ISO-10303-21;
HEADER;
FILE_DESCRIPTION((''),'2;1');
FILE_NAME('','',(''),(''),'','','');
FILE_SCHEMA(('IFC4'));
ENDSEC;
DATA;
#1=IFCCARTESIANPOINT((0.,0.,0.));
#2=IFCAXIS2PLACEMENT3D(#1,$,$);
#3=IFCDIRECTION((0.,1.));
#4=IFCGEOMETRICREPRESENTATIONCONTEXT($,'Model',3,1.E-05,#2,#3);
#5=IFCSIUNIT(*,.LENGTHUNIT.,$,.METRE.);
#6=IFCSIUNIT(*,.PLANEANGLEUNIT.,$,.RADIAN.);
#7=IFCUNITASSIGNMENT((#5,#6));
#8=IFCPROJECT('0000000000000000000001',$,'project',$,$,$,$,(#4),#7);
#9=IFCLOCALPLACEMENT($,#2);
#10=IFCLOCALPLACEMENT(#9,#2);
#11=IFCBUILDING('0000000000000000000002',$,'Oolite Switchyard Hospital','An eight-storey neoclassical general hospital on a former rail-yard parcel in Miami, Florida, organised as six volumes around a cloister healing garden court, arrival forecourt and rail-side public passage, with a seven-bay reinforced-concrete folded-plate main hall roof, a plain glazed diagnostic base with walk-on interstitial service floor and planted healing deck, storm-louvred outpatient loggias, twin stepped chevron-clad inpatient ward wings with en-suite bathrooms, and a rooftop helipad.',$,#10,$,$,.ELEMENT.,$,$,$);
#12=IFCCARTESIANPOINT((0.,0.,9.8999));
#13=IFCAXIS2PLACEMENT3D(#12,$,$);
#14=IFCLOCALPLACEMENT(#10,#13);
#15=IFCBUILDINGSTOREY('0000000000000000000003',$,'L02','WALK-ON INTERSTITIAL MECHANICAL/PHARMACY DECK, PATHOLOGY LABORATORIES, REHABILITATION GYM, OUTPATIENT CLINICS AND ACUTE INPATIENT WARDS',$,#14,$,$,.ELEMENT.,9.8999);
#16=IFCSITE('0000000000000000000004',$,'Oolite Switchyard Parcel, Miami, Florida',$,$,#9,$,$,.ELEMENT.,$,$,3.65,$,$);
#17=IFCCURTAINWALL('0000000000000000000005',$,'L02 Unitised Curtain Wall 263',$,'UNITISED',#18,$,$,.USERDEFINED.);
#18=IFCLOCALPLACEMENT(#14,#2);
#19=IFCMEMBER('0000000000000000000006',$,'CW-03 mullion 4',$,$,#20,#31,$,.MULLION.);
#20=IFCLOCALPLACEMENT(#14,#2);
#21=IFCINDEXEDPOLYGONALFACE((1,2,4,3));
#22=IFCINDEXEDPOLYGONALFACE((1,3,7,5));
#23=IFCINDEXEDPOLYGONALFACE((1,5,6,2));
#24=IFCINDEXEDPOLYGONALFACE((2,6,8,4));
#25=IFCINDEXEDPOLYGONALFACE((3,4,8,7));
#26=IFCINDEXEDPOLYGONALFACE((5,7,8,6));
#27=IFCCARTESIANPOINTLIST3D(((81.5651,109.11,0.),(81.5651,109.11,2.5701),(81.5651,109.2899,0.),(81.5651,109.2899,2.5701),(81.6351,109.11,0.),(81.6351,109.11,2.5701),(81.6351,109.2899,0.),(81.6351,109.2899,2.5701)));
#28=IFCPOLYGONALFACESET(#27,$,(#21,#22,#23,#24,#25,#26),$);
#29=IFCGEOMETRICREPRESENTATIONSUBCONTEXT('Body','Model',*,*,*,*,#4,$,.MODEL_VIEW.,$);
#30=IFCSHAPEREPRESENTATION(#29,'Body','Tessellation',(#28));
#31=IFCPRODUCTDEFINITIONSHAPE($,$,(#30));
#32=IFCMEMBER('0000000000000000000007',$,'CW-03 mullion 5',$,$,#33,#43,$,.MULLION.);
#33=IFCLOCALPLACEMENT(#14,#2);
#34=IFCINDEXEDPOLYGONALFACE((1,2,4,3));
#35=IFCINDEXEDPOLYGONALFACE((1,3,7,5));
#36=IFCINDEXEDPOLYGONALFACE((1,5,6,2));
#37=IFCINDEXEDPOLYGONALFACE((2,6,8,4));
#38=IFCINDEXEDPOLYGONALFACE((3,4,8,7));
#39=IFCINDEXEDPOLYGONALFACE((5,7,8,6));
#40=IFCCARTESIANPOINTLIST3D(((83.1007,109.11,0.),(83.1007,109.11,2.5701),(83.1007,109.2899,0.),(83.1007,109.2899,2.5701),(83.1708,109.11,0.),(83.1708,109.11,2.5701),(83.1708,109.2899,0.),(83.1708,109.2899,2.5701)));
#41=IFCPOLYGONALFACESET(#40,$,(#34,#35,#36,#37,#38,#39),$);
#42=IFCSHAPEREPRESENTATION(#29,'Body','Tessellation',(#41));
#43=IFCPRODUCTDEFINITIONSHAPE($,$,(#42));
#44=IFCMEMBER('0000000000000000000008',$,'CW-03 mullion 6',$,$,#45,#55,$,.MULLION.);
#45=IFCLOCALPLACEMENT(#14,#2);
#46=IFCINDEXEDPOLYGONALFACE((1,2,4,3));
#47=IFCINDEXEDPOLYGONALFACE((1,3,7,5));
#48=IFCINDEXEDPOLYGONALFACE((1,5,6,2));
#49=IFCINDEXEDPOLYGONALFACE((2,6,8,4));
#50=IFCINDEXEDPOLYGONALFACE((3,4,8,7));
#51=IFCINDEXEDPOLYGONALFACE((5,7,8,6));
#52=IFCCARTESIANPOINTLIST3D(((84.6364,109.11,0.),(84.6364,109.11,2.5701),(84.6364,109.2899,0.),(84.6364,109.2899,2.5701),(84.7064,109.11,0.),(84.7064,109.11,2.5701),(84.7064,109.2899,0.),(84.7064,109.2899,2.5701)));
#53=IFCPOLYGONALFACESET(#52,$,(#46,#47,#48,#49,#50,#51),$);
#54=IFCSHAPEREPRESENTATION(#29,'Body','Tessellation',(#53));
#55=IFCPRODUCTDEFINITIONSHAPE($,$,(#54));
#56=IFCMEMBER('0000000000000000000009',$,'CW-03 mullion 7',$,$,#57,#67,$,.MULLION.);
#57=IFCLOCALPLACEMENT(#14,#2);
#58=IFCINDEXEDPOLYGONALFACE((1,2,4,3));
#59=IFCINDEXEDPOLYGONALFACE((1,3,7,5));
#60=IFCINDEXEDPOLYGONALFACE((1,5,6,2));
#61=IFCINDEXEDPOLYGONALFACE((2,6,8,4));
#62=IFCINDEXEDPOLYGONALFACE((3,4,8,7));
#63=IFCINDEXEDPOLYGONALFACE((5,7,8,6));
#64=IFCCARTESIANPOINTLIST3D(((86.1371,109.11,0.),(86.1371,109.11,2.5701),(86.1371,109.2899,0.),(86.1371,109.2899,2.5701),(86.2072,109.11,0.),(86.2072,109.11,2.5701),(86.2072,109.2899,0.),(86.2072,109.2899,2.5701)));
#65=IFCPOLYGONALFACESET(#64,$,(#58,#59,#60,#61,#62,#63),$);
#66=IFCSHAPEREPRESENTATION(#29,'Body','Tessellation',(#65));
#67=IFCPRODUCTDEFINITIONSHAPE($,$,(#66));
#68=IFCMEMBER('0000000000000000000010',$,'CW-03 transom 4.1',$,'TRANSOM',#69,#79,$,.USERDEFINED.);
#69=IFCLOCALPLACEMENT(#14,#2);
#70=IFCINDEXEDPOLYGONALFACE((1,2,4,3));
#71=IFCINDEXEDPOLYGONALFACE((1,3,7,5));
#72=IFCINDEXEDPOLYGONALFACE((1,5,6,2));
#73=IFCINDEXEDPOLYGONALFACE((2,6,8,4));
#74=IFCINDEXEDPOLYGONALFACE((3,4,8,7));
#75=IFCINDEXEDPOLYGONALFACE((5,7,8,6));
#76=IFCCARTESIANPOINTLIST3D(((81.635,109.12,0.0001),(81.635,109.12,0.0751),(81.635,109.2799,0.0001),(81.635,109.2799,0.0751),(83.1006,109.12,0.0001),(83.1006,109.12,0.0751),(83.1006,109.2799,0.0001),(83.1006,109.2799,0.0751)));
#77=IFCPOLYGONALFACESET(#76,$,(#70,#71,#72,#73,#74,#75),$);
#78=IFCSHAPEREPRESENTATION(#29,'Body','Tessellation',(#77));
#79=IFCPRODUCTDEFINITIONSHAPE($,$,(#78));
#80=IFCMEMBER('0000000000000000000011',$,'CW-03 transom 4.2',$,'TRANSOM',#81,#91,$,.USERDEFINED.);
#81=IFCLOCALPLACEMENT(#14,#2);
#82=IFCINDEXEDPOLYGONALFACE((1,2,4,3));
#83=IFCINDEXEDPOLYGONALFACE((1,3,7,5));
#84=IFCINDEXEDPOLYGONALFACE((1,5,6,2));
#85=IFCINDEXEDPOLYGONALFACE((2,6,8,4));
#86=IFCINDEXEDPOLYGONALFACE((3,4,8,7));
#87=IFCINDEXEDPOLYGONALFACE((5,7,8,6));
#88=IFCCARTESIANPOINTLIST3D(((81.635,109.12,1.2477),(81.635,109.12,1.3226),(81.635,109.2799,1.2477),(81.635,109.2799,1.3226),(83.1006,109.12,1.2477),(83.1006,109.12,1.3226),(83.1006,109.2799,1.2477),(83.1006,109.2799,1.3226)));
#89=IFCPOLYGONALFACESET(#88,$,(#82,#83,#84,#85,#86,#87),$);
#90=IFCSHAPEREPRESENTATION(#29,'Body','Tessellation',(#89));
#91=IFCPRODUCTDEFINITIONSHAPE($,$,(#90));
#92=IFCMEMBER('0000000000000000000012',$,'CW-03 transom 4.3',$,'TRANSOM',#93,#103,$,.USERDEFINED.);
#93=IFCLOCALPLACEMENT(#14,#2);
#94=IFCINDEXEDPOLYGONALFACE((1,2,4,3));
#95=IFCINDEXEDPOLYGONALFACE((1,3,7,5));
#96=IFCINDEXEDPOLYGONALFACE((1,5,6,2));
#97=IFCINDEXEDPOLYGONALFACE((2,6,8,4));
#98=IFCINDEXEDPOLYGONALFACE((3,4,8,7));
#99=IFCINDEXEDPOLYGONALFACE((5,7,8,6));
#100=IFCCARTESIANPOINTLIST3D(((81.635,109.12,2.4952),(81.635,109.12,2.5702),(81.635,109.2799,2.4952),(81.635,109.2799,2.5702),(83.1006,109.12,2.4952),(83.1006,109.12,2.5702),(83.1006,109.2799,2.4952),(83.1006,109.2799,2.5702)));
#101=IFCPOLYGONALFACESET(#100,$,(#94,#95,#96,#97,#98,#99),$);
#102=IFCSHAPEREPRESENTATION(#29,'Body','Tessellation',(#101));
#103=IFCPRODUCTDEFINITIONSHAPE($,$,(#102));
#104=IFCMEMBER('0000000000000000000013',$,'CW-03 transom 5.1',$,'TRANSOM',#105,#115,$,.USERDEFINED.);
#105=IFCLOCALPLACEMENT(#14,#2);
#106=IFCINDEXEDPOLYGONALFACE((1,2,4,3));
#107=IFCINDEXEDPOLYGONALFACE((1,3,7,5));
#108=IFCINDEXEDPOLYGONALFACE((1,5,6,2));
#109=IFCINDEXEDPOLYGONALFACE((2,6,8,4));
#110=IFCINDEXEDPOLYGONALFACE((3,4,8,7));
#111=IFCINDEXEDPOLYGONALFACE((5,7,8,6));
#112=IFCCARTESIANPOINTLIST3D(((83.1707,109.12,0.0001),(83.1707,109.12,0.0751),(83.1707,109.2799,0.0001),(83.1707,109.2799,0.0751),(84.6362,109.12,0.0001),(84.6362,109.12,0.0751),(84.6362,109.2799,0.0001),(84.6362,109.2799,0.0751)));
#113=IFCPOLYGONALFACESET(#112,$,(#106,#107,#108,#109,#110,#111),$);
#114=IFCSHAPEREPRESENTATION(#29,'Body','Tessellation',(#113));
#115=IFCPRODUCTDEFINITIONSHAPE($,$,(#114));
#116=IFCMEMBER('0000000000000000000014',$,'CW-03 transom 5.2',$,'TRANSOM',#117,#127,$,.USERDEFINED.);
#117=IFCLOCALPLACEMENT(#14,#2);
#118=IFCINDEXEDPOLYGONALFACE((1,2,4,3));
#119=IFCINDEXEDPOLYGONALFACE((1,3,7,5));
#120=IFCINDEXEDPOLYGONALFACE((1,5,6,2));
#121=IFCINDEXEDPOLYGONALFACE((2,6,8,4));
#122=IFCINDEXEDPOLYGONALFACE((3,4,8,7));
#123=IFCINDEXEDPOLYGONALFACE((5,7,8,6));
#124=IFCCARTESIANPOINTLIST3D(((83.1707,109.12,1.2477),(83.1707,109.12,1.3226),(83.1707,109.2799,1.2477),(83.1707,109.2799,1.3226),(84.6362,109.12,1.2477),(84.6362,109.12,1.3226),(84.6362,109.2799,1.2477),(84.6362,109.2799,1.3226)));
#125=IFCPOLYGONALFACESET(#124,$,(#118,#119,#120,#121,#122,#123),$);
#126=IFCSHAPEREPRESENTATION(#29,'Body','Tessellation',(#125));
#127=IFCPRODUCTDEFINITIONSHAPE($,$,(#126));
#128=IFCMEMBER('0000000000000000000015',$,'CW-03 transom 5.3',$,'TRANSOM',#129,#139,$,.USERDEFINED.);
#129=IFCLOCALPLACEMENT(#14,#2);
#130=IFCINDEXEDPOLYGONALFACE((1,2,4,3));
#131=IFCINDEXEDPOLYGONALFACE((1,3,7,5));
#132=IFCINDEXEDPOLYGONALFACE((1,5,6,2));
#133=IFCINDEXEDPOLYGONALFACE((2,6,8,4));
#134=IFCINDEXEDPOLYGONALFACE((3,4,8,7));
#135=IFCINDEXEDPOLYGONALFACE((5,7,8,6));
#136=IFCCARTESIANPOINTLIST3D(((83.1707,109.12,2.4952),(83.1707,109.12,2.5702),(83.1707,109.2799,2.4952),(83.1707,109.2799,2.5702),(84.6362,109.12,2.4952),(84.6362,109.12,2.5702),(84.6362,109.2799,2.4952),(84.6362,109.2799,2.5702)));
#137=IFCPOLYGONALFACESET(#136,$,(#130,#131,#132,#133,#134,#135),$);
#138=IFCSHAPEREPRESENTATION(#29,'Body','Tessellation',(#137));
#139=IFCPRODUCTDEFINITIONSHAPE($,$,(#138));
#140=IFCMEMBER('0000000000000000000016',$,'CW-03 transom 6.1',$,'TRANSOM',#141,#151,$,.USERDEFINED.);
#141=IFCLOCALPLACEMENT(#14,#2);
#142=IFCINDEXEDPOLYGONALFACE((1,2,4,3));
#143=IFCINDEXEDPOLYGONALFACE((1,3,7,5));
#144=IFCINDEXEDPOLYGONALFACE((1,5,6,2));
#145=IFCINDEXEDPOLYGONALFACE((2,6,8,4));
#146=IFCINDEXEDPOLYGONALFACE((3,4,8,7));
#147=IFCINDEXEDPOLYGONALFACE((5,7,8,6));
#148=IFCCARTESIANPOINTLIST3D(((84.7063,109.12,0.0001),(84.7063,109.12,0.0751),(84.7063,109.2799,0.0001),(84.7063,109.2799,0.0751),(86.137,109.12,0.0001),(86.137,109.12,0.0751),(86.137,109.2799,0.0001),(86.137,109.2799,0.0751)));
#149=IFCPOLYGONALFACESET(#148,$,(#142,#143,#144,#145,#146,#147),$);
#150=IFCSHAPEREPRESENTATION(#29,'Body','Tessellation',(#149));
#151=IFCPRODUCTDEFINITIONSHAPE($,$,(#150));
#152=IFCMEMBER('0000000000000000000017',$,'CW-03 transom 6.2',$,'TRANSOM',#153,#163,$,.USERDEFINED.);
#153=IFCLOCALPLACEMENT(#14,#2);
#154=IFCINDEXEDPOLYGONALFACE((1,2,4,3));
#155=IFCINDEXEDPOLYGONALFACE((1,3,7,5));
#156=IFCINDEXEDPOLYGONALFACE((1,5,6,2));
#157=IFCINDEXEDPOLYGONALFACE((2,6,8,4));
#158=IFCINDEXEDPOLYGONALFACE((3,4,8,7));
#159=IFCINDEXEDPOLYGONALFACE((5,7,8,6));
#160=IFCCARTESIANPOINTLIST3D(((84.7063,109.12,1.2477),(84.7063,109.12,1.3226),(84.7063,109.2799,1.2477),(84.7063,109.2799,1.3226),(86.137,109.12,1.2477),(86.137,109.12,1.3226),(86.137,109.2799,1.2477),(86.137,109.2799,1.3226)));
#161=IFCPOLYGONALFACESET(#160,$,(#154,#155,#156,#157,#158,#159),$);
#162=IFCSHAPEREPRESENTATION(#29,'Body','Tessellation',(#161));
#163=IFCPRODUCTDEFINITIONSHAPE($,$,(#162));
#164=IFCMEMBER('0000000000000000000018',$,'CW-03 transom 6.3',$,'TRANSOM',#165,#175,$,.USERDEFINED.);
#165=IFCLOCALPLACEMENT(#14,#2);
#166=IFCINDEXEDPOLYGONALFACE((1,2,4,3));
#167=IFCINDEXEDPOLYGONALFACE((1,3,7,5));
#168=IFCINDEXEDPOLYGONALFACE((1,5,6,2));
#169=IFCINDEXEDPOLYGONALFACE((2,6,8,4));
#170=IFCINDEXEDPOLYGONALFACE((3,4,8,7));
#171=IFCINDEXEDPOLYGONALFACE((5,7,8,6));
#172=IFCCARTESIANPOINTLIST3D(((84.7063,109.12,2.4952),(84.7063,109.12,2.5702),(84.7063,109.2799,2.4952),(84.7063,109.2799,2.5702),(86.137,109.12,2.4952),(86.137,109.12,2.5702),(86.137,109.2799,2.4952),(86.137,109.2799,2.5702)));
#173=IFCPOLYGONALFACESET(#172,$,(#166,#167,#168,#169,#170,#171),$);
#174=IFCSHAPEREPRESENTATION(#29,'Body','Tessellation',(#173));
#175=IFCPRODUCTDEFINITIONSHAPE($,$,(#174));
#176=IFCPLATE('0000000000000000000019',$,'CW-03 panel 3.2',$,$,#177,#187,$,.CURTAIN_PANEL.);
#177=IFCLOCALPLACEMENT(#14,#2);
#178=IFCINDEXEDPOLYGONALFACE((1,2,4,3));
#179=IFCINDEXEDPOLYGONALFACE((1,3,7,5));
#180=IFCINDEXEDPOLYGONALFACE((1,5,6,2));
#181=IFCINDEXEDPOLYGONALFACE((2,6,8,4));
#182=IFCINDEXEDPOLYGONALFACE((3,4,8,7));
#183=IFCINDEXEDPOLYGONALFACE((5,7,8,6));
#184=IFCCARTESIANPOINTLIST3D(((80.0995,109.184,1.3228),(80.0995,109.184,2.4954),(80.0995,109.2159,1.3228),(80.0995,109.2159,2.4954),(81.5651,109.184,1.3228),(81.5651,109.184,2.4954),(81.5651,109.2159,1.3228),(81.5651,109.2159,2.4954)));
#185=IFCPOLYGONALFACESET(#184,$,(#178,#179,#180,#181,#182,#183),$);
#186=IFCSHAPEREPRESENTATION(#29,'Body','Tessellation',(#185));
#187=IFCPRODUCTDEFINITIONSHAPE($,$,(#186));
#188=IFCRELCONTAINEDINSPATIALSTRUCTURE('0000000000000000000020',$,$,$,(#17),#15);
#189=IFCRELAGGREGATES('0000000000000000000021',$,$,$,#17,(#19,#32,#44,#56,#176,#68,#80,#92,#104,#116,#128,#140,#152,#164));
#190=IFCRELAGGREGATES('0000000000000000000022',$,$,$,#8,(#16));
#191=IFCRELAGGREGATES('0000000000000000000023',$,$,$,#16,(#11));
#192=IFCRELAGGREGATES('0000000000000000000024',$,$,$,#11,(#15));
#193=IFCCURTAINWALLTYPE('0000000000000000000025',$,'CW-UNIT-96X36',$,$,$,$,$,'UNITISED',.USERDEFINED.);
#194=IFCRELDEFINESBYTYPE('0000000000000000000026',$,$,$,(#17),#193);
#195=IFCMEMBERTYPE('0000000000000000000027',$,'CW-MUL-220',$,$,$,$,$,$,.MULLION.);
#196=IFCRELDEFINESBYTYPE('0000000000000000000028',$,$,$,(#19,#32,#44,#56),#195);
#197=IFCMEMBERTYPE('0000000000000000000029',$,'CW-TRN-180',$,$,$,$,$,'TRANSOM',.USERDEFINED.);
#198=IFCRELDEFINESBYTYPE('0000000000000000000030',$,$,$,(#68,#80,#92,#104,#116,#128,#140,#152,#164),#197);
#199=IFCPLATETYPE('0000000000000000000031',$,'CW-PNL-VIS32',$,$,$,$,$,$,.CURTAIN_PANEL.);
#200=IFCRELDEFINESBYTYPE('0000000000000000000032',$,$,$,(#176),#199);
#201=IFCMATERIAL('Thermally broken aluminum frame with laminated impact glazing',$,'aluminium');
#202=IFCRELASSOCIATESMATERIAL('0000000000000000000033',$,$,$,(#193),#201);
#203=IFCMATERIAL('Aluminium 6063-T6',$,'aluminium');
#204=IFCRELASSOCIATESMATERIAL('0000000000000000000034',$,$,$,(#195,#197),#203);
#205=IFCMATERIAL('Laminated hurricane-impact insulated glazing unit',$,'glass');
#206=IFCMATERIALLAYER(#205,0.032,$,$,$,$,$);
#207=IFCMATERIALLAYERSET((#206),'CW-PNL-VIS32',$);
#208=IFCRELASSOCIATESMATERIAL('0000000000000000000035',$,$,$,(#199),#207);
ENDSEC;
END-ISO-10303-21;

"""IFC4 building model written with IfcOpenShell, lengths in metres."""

from ifc_helpers import new_model, si_unit, direction, frame, origin, origin_2d, place, context, subcontext, project, spatial, rectangle, extrude, material, layer, layer_set, material_profile, profile_set, type_object, element, aggregate, save


model = new_model("IFC4")

# Units and contexts
model_context = context("Model", 3, precision=1e-05, world=origin(), true_north=direction((0.0, 1.0)))
body_context = subcontext(model_context, "Body", "Model", "MODEL_VIEW")
ifc_project = project(units=[si_unit("LENGTHUNIT", "METRE"), si_unit("PLANEANGLEUNIT", "RADIAN")], contexts=[model_context])

# Site, building, storey
site_placement = place(None, origin())
site = spatial("IfcSite", under=ifc_project, at=site_placement, Name="Oolite Switchyard Parcel, Miami, Florida", CompositionType="ELEMENT", RefElevation=3.65)
building_placement = place(site_placement, origin())
building = spatial("IfcBuilding", under=site, at=building_placement, Name="Oolite Switchyard Hospital", Description="An eight-storey neoclassical general hospital on a former rail-yard parcel in Miami, Florida, organised as six volumes around a cloister healing garden court, arrival forecourt and rail-side public passage, with a seven-bay reinforced-concrete folded-plate main hall roof, a plain glazed diagnostic base with walk-on interstitial service floor and planted healing deck, storm-louvred outpatient loggias, twin stepped chevron-clad inpatient ward wings with en-suite bathrooms, and a rooftop helipad.", CompositionType="ELEMENT")
storey_placement = place(building_placement, frame((0.0, 0.0, 9.8999)))
storey = spatial("IfcBuildingStorey", under=building, at=storey_placement, Name="L02", Description="WALK-ON INTERSTITIAL MECHANICAL/PHARMACY DECK, PATHOLOGY LABORATORIES, REHABILITATION GYM, OUTPATIENT CLINICS AND ACUTE INPATIENT WARDS", CompositionType="ELEMENT", Elevation=9.8999)

# Curtain wall, members, plate
ifc_material_1 = material(Name="Thermally broken aluminum frame with laminated impact glazing", Category="aluminium")
curtain_wall_type_1 = type_object("IfcCurtainWallType", Name="CW-UNIT-96X36", ElementType="UNITISED", PredefinedType="USERDEFINED", material=ifc_material_1)
curtain_wall_1_placement = place(storey_placement, origin())
curtain_wall_1 = element("IfcCurtainWall", 1, at=curtain_wall_1_placement, inside=storey, type_object=curtain_wall_type_1, Name="L02 Unitised Curtain Wall 263", ObjectType="UNITISED", PredefinedType="USERDEFINED")
ifc_material_2 = material(Name="Aluminium 6063-T6", Category="aluminium")
ifc_material_profile_1 = material_profile(ifc_material_2, rectangle(XDim=0.1799, YDim=0.0701, at=origin_2d()), Name="CWM70X180")
ifc_profile_set_1 = profile_set([ifc_material_profile_1], Name="Aluminium 6063-T6")
member_type_1 = type_object("IfcMemberType", Name="CW-MUL-220", PredefinedType="MULLION", material=ifc_profile_set_1)
member_1_placement = place(storey_placement, frame((81.6001, 109.2, 0.0), z_axis=(0.0, 0.0, 1.0), x_axis=(0.0, 1.0, 0.0)))
member_1 = element("IfcMember", 2, at=member_1_placement, type_object=member_type_1, Name="CW-03 mullion 4", PredefinedType="MULLION", context=body_context, shape_type="SweptSolid", body=[
    extrude(rectangle(XDim=0.1799, YDim=0.0701, at=origin_2d()), origin(), (0.0, 0.0, 1.0), 2.5701),
])
member_2_placement = place(storey_placement, frame((83.1357, 109.2, 0.0), z_axis=(0.0, 0.0, 1.0), x_axis=(0.0, 1.0, 0.0)))
member_2 = element("IfcMember", 3, at=member_2_placement, type_object=member_type_1, Name="CW-03 mullion 5", PredefinedType="MULLION", context=body_context, shape_type="SweptSolid", body=[
    extrude(rectangle(XDim=0.1799, YDim=0.0701, at=origin_2d()), origin(), (0.0, 0.0, 1.0), 2.5701),
])
member_3_placement = place(storey_placement, frame((84.6714, 109.2, 0.0), z_axis=(0.0, 0.0, 1.0), x_axis=(0.0, 1.0, 0.0)))
member_3 = element("IfcMember", 4, at=member_3_placement, type_object=member_type_1, Name="CW-03 mullion 6", PredefinedType="MULLION", context=body_context, shape_type="SweptSolid", body=[
    extrude(rectangle(XDim=0.1799, YDim=0.0701, at=origin_2d()), origin(), (0.0, 0.0, 1.0), 2.5701),
])
member_4_placement = place(storey_placement, frame((86.1721, 109.2, 0.0), z_axis=(0.0, 0.0, 1.0), x_axis=(0.0, 1.0, 0.0)))
member_4 = element("IfcMember", 5, at=member_4_placement, type_object=member_type_1, Name="CW-03 mullion 7", PredefinedType="MULLION", context=body_context, shape_type="SweptSolid", body=[
    extrude(rectangle(XDim=0.1799, YDim=0.0701, at=origin_2d()), origin(), (0.0, 0.0, 1.0), 2.5701),
])
ifc_material_profile_2 = material_profile(ifc_material_2, rectangle(XDim=0.1599, YDim=0.075, at=origin_2d()), Name="CWT75X160")
ifc_profile_set_2 = profile_set([ifc_material_profile_2], Name="Aluminium 6063-T6")
member_type_2 = type_object("IfcMemberType", Name="CW-TRN-180", ElementType="TRANSOM", PredefinedType="USERDEFINED", material=ifc_profile_set_2)
member_5_placement = place(storey_placement, frame((81.635, 109.2, 0.0376), z_axis=(1.0, 0.0, 0.0), x_axis=(0.0, 1.0, 0.0)))
member_5 = element("IfcMember", 6, at=member_5_placement, type_object=member_type_2, Name="CW-03 transom 4.1", ObjectType="TRANSOM", PredefinedType="USERDEFINED", context=body_context, shape_type="SweptSolid", body=[
    extrude(rectangle(XDim=0.1599, YDim=0.075, at=origin_2d()), origin(), (0.0, 0.0, 1.0), 1.4656),
])
member_6_placement = place(storey_placement, frame((81.635, 109.2, 1.2852), z_axis=(1.0, 0.0, 0.0), x_axis=(0.0, 1.0, 0.0)))
member_6 = element("IfcMember", 7, at=member_6_placement, type_object=member_type_2, Name="CW-03 transom 4.2", ObjectType="TRANSOM", PredefinedType="USERDEFINED", context=body_context, shape_type="SweptSolid", body=[
    extrude(rectangle(XDim=0.1599, YDim=0.075, at=origin_2d()), origin(), (0.0, 0.0, 1.0), 1.4656),
])
member_7_placement = place(storey_placement, frame((81.635, 109.2, 2.5327), z_axis=(1.0, 0.0, 0.0), x_axis=(0.0, 1.0, 0.0)))
member_7 = element("IfcMember", 8, at=member_7_placement, type_object=member_type_2, Name="CW-03 transom 4.3", ObjectType="TRANSOM", PredefinedType="USERDEFINED", context=body_context, shape_type="SweptSolid", body=[
    extrude(rectangle(XDim=0.1599, YDim=0.075, at=origin_2d()), origin(), (0.0, 0.0, 1.0), 1.4656),
])
member_8_placement = place(storey_placement, frame((83.1707, 109.2, 0.0376), z_axis=(1.0, 0.0, 0.0), x_axis=(0.0, 1.0, 0.0)))
member_8 = element("IfcMember", 9, at=member_8_placement, type_object=member_type_2, Name="CW-03 transom 5.1", ObjectType="TRANSOM", PredefinedType="USERDEFINED", context=body_context, shape_type="SweptSolid", body=[
    extrude(rectangle(XDim=0.1599, YDim=0.075, at=origin_2d()), origin(), (0.0, 0.0, 1.0), 1.4656),
])
member_9_placement = place(storey_placement, frame((83.1707, 109.2, 1.2852), z_axis=(1.0, 0.0, 0.0), x_axis=(0.0, 1.0, 0.0)))
member_9 = element("IfcMember", 10, at=member_9_placement, type_object=member_type_2, Name="CW-03 transom 5.2", ObjectType="TRANSOM", PredefinedType="USERDEFINED", context=body_context, shape_type="SweptSolid", body=[
    extrude(rectangle(XDim=0.1599, YDim=0.075, at=origin_2d()), origin(), (0.0, 0.0, 1.0), 1.4656),
])
member_10_placement = place(storey_placement, frame((83.1707, 109.2, 2.5327), z_axis=(1.0, 0.0, 0.0), x_axis=(0.0, 1.0, 0.0)))
member_10 = element("IfcMember", 11, at=member_10_placement, type_object=member_type_2, Name="CW-03 transom 5.3", ObjectType="TRANSOM", PredefinedType="USERDEFINED", context=body_context, shape_type="SweptSolid", body=[
    extrude(rectangle(XDim=0.1599, YDim=0.075, at=origin_2d()), origin(), (0.0, 0.0, 1.0), 1.4656),
])
member_11_placement = place(storey_placement, frame((84.7063, 109.2, 0.0376), z_axis=(1.0, 0.0, 0.0), x_axis=(0.0, 1.0, 0.0)))
member_11 = element("IfcMember", 12, at=member_11_placement, type_object=member_type_2, Name="CW-03 transom 6.1", ObjectType="TRANSOM", PredefinedType="USERDEFINED", context=body_context, shape_type="SweptSolid", body=[
    extrude(rectangle(XDim=0.1599, YDim=0.075, at=origin_2d()), origin(), (0.0, 0.0, 1.0), 1.4307),
])
member_12_placement = place(storey_placement, frame((84.7063, 109.2, 1.2852), z_axis=(1.0, 0.0, 0.0), x_axis=(0.0, 1.0, 0.0)))
member_12 = element("IfcMember", 13, at=member_12_placement, type_object=member_type_2, Name="CW-03 transom 6.2", ObjectType="TRANSOM", PredefinedType="USERDEFINED", context=body_context, shape_type="SweptSolid", body=[
    extrude(rectangle(XDim=0.1599, YDim=0.075, at=origin_2d()), origin(), (0.0, 0.0, 1.0), 1.4307),
])
member_13_placement = place(storey_placement, frame((84.7063, 109.2, 2.5327), z_axis=(1.0, 0.0, 0.0), x_axis=(0.0, 1.0, 0.0)))
member_13 = element("IfcMember", 14, at=member_13_placement, type_object=member_type_2, Name="CW-03 transom 6.3", ObjectType="TRANSOM", PredefinedType="USERDEFINED", context=body_context, shape_type="SweptSolid", body=[
    extrude(rectangle(XDim=0.1599, YDim=0.075, at=origin_2d()), origin(), (0.0, 0.0, 1.0), 1.4307),
])
ifc_material_3 = material(Name="Laminated hurricane-impact insulated glazing unit", Category="glass")
ifc_layer_1 = layer(ifc_material_3, 0.032)
ifc_layer_set_1 = layer_set([ifc_layer_1], Name="CW-PNL-VIS32")
plate_type_1 = type_object("IfcPlateType", Name="CW-PNL-VIS32", PredefinedType="CURTAIN_PANEL", material=ifc_layer_set_1)
plate_1_placement = place(storey_placement, frame((80.8323, 109.2, 1.3228), z_axis=(0.0, 0.0, 1.0), x_axis=(1.0, 0.0, 0.0)))
plate_1 = element("IfcPlate", 15, at=plate_1_placement, type_object=plate_type_1, Name="CW-03 panel 3.2", PredefinedType="CURTAIN_PANEL", context=body_context, shape_type="SweptSolid", body=[
    extrude(rectangle(XDim=1.4656, YDim=0.032, at=origin_2d()), origin(), (0.0, 0.0, 1.0), 1.1726),
])
aggregate(curtain_wall_1, [member_1, member_2, member_3, member_4, plate_1, member_5, member_6, member_7, member_8, member_9, member_10, member_11, member_12, member_13])

save(model, "model.ifc")
